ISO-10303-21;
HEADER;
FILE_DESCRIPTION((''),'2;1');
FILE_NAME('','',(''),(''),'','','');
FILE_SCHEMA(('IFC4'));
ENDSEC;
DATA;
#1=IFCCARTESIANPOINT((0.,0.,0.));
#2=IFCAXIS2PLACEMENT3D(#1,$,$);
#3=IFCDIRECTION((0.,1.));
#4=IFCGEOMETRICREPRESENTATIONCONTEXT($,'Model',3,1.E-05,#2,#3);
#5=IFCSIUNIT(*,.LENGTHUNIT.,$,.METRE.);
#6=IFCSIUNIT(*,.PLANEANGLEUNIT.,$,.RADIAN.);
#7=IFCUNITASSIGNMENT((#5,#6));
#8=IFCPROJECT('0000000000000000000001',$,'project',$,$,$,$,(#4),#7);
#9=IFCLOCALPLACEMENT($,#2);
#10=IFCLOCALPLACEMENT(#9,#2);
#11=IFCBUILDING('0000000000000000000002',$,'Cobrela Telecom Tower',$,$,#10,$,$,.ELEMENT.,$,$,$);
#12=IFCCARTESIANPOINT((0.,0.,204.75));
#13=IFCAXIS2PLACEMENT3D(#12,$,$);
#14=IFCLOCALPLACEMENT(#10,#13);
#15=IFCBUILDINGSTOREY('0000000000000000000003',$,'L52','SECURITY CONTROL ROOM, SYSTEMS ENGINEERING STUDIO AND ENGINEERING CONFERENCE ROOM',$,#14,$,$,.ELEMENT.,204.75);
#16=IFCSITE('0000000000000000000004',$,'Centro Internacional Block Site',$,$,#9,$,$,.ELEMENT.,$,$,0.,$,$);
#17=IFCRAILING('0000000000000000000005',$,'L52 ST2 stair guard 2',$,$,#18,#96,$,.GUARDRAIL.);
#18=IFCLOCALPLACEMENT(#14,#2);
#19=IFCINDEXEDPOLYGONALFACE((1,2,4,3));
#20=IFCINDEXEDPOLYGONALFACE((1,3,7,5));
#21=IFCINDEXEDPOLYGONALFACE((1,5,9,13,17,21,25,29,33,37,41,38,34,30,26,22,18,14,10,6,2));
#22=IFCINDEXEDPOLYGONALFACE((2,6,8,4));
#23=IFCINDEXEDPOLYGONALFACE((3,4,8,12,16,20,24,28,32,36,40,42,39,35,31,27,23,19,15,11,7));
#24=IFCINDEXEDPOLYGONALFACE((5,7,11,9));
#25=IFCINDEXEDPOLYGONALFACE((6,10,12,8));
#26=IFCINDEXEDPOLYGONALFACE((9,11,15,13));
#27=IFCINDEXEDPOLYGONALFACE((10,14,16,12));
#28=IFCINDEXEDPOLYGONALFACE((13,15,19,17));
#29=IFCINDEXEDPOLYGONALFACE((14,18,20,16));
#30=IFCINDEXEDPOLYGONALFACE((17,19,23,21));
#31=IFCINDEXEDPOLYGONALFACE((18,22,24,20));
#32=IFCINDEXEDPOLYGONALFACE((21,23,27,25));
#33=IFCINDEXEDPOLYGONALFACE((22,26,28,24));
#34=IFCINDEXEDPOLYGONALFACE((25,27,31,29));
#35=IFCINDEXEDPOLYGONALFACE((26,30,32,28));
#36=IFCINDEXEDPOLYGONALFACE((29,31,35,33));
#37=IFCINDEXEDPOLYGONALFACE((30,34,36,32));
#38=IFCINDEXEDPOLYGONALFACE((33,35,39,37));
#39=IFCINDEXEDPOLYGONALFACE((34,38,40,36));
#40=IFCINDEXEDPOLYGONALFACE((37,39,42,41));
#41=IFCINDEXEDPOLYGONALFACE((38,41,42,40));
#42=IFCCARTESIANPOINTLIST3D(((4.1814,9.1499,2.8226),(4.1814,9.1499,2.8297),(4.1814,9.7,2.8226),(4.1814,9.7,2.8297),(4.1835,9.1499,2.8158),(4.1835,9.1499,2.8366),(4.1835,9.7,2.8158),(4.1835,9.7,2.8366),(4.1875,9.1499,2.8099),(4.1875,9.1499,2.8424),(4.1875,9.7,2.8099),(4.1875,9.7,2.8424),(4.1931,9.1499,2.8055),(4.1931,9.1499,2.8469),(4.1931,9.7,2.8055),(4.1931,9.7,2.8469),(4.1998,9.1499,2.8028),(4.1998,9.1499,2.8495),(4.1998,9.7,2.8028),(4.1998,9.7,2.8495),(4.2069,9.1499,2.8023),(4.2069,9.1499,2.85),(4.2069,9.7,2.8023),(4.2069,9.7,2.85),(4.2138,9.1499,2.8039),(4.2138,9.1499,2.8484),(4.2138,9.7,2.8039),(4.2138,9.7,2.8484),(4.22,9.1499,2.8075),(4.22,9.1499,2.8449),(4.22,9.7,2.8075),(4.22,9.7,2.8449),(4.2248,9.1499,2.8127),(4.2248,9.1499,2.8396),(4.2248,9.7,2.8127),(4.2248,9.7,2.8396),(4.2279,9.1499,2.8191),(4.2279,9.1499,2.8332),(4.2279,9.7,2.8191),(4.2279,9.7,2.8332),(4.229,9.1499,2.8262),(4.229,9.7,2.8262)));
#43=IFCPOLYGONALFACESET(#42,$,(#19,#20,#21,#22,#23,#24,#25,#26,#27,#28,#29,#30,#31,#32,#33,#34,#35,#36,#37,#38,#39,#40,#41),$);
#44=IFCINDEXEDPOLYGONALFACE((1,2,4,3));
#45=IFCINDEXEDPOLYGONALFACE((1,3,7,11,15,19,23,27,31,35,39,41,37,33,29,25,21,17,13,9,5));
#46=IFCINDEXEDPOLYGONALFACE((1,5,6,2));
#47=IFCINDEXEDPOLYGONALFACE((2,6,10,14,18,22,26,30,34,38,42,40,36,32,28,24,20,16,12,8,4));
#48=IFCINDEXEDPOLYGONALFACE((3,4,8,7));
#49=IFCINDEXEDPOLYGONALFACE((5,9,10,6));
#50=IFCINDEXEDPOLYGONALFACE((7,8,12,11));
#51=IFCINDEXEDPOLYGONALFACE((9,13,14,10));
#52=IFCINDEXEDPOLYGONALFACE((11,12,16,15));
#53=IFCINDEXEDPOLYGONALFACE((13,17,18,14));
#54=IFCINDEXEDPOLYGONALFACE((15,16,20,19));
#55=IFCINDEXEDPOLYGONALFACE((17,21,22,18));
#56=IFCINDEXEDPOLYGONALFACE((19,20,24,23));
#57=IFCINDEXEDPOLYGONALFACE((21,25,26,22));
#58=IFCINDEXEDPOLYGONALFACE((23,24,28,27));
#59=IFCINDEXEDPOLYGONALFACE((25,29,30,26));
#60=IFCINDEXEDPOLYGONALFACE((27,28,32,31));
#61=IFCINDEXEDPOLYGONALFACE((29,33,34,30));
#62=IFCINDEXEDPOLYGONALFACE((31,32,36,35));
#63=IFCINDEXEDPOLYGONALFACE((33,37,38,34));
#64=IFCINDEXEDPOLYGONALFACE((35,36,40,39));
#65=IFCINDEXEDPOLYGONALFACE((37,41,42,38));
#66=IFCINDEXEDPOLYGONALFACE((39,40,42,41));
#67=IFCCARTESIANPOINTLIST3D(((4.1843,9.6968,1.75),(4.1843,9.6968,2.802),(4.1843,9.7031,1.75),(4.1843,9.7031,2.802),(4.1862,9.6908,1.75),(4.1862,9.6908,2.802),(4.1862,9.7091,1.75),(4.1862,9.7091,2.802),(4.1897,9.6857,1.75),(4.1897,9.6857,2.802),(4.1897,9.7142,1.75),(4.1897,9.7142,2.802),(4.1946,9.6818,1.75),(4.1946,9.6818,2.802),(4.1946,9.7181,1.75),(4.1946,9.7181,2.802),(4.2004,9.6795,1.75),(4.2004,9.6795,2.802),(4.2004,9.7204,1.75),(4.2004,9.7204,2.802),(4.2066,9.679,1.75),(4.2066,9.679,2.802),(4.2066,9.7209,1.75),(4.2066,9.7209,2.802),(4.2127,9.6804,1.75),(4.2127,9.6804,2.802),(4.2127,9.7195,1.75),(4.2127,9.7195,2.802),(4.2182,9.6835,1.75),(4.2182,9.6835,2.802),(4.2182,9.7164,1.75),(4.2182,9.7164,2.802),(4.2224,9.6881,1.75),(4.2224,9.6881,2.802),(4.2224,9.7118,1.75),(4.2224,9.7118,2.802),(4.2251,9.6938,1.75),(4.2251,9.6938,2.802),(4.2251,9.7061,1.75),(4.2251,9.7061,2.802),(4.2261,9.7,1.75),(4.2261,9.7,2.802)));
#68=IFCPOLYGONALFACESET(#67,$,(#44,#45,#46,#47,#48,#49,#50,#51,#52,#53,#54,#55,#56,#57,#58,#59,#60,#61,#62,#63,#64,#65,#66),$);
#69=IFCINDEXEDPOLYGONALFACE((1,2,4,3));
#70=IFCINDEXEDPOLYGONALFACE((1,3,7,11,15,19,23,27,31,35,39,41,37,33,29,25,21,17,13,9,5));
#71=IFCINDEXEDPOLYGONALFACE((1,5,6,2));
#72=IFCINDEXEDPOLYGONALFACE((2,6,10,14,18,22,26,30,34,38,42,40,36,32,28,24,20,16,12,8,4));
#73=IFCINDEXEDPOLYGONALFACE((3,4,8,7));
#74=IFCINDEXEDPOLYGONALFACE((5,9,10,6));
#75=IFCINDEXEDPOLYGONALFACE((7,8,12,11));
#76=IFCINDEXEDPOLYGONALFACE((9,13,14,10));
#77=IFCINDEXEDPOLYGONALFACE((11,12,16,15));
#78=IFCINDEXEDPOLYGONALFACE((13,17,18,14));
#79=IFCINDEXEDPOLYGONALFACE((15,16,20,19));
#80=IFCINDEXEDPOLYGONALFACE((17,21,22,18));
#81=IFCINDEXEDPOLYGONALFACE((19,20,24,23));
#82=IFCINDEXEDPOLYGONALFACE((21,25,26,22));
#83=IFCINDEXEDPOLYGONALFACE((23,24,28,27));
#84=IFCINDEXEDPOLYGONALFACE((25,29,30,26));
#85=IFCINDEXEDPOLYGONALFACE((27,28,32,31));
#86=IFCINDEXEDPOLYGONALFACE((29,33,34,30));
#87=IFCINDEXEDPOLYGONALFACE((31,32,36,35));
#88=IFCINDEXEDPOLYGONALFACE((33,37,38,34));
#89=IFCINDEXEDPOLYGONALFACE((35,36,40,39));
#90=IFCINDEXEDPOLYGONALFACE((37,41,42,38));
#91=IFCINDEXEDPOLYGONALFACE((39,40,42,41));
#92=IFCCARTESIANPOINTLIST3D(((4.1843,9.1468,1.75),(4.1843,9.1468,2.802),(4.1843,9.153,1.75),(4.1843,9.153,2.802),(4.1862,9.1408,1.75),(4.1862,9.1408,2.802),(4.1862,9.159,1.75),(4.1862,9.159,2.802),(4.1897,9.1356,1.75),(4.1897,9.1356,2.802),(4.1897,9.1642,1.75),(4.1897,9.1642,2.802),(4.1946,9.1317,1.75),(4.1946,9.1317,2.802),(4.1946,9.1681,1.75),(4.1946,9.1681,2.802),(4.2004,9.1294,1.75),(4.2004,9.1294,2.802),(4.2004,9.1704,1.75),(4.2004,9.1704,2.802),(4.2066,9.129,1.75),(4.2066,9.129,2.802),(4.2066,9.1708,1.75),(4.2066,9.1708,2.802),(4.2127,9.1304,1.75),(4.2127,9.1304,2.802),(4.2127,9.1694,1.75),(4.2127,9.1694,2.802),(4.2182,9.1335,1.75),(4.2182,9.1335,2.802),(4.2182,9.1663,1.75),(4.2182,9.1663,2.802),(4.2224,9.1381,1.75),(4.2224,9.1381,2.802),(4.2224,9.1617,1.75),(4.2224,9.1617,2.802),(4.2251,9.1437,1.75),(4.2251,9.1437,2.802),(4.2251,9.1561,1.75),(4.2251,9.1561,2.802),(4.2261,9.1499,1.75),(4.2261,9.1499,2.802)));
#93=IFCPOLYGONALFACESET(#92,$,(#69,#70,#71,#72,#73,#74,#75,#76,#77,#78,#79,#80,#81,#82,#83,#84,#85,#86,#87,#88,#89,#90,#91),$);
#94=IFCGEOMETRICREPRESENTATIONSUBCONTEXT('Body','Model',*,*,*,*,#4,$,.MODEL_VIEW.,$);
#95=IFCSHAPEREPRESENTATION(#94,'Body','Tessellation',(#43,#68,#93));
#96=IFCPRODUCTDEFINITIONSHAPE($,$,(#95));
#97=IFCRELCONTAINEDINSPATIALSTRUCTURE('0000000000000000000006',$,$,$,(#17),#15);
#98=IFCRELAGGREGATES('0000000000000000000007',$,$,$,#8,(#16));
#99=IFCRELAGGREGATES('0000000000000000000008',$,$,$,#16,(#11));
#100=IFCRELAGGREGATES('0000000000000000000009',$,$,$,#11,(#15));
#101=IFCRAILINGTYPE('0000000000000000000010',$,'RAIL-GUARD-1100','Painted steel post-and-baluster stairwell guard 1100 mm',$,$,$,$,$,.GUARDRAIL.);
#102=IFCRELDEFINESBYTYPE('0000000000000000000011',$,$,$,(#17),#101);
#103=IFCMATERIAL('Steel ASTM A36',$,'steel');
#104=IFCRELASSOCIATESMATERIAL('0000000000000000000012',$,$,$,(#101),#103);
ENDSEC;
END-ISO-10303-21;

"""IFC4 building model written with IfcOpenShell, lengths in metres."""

from ifc_helpers import new_model, si_unit, direction, frame, origin, origin_2d, place, context, subcontext, project, spatial, circle, extrude, material, type_object, element, save


model = new_model("IFC4")

# Units and contexts
model_context = context("Model", 3, precision=1e-05, world=origin(), true_north=direction((0.0, 1.0)))
body_context = subcontext(model_context, "Body", "Model", "MODEL_VIEW")
ifc_project = project(units=[si_unit("LENGTHUNIT", "METRE"), si_unit("PLANEANGLEUNIT", "RADIAN")], contexts=[model_context])

# Site, building, storey
site_placement = place(None, origin())
site = spatial("IfcSite", under=ifc_project, at=site_placement, Name="Centro Internacional Block Site", CompositionType="ELEMENT", RefElevation=0.0)
building_placement = place(site_placement, origin())
building = spatial("IfcBuilding", under=site, at=building_placement, Name="Cobrela Telecom Tower", CompositionType="ELEMENT")
storey_placement = place(building_placement, frame((0.0, 0.0, 204.75)))
storey = spatial("IfcBuildingStorey", under=building, at=storey_placement, Name="L52", Description="SECURITY CONTROL ROOM, SYSTEMS ENGINEERING STUDIO AND ENGINEERING CONFERENCE ROOM", CompositionType="ELEMENT", Elevation=204.75)

# Shared definitions
ifc_material_1 = material(Name="Steel ASTM A36", Category="steel")

# Railing
railing_type = type_object("IfcRailingType", Name="RAIL-GUARD-1100", Description="Painted steel post-and-baluster stairwell guard 1100 mm", PredefinedType="GUARDRAIL", material=ifc_material_1)
railing_1_placement = place(storey_placement, frame((4.2051, 9.7, 1.75)))
element("IfcRailing", 1, at=railing_1_placement, inside=storey, type_object=railing_type, Name="L52 ST2 stair guard 2", PredefinedType="GUARDRAIL", context=body_context, shape_type="SweptSolid", body=[
    extrude(circle(Radius=0.0239, at=origin_2d()), frame((0.0, 0.0, 1.0762), z_axis=(0.0, -1.0, 0.0), x_axis=(1.0, 0.0, 0.0)), (0.0, 0.0, 1.0), 0.55),
    extrude(circle(Radius=0.021, at=origin_2d()), origin(), (0.0, 0.0, 1.0), 1.052),
    extrude(circle(Radius=0.021, at=origin_2d()), frame((0.0, -0.55, 0.0)), (0.0, 0.0, 1.0), 1.052),
])

save(model, "model.ifc")
